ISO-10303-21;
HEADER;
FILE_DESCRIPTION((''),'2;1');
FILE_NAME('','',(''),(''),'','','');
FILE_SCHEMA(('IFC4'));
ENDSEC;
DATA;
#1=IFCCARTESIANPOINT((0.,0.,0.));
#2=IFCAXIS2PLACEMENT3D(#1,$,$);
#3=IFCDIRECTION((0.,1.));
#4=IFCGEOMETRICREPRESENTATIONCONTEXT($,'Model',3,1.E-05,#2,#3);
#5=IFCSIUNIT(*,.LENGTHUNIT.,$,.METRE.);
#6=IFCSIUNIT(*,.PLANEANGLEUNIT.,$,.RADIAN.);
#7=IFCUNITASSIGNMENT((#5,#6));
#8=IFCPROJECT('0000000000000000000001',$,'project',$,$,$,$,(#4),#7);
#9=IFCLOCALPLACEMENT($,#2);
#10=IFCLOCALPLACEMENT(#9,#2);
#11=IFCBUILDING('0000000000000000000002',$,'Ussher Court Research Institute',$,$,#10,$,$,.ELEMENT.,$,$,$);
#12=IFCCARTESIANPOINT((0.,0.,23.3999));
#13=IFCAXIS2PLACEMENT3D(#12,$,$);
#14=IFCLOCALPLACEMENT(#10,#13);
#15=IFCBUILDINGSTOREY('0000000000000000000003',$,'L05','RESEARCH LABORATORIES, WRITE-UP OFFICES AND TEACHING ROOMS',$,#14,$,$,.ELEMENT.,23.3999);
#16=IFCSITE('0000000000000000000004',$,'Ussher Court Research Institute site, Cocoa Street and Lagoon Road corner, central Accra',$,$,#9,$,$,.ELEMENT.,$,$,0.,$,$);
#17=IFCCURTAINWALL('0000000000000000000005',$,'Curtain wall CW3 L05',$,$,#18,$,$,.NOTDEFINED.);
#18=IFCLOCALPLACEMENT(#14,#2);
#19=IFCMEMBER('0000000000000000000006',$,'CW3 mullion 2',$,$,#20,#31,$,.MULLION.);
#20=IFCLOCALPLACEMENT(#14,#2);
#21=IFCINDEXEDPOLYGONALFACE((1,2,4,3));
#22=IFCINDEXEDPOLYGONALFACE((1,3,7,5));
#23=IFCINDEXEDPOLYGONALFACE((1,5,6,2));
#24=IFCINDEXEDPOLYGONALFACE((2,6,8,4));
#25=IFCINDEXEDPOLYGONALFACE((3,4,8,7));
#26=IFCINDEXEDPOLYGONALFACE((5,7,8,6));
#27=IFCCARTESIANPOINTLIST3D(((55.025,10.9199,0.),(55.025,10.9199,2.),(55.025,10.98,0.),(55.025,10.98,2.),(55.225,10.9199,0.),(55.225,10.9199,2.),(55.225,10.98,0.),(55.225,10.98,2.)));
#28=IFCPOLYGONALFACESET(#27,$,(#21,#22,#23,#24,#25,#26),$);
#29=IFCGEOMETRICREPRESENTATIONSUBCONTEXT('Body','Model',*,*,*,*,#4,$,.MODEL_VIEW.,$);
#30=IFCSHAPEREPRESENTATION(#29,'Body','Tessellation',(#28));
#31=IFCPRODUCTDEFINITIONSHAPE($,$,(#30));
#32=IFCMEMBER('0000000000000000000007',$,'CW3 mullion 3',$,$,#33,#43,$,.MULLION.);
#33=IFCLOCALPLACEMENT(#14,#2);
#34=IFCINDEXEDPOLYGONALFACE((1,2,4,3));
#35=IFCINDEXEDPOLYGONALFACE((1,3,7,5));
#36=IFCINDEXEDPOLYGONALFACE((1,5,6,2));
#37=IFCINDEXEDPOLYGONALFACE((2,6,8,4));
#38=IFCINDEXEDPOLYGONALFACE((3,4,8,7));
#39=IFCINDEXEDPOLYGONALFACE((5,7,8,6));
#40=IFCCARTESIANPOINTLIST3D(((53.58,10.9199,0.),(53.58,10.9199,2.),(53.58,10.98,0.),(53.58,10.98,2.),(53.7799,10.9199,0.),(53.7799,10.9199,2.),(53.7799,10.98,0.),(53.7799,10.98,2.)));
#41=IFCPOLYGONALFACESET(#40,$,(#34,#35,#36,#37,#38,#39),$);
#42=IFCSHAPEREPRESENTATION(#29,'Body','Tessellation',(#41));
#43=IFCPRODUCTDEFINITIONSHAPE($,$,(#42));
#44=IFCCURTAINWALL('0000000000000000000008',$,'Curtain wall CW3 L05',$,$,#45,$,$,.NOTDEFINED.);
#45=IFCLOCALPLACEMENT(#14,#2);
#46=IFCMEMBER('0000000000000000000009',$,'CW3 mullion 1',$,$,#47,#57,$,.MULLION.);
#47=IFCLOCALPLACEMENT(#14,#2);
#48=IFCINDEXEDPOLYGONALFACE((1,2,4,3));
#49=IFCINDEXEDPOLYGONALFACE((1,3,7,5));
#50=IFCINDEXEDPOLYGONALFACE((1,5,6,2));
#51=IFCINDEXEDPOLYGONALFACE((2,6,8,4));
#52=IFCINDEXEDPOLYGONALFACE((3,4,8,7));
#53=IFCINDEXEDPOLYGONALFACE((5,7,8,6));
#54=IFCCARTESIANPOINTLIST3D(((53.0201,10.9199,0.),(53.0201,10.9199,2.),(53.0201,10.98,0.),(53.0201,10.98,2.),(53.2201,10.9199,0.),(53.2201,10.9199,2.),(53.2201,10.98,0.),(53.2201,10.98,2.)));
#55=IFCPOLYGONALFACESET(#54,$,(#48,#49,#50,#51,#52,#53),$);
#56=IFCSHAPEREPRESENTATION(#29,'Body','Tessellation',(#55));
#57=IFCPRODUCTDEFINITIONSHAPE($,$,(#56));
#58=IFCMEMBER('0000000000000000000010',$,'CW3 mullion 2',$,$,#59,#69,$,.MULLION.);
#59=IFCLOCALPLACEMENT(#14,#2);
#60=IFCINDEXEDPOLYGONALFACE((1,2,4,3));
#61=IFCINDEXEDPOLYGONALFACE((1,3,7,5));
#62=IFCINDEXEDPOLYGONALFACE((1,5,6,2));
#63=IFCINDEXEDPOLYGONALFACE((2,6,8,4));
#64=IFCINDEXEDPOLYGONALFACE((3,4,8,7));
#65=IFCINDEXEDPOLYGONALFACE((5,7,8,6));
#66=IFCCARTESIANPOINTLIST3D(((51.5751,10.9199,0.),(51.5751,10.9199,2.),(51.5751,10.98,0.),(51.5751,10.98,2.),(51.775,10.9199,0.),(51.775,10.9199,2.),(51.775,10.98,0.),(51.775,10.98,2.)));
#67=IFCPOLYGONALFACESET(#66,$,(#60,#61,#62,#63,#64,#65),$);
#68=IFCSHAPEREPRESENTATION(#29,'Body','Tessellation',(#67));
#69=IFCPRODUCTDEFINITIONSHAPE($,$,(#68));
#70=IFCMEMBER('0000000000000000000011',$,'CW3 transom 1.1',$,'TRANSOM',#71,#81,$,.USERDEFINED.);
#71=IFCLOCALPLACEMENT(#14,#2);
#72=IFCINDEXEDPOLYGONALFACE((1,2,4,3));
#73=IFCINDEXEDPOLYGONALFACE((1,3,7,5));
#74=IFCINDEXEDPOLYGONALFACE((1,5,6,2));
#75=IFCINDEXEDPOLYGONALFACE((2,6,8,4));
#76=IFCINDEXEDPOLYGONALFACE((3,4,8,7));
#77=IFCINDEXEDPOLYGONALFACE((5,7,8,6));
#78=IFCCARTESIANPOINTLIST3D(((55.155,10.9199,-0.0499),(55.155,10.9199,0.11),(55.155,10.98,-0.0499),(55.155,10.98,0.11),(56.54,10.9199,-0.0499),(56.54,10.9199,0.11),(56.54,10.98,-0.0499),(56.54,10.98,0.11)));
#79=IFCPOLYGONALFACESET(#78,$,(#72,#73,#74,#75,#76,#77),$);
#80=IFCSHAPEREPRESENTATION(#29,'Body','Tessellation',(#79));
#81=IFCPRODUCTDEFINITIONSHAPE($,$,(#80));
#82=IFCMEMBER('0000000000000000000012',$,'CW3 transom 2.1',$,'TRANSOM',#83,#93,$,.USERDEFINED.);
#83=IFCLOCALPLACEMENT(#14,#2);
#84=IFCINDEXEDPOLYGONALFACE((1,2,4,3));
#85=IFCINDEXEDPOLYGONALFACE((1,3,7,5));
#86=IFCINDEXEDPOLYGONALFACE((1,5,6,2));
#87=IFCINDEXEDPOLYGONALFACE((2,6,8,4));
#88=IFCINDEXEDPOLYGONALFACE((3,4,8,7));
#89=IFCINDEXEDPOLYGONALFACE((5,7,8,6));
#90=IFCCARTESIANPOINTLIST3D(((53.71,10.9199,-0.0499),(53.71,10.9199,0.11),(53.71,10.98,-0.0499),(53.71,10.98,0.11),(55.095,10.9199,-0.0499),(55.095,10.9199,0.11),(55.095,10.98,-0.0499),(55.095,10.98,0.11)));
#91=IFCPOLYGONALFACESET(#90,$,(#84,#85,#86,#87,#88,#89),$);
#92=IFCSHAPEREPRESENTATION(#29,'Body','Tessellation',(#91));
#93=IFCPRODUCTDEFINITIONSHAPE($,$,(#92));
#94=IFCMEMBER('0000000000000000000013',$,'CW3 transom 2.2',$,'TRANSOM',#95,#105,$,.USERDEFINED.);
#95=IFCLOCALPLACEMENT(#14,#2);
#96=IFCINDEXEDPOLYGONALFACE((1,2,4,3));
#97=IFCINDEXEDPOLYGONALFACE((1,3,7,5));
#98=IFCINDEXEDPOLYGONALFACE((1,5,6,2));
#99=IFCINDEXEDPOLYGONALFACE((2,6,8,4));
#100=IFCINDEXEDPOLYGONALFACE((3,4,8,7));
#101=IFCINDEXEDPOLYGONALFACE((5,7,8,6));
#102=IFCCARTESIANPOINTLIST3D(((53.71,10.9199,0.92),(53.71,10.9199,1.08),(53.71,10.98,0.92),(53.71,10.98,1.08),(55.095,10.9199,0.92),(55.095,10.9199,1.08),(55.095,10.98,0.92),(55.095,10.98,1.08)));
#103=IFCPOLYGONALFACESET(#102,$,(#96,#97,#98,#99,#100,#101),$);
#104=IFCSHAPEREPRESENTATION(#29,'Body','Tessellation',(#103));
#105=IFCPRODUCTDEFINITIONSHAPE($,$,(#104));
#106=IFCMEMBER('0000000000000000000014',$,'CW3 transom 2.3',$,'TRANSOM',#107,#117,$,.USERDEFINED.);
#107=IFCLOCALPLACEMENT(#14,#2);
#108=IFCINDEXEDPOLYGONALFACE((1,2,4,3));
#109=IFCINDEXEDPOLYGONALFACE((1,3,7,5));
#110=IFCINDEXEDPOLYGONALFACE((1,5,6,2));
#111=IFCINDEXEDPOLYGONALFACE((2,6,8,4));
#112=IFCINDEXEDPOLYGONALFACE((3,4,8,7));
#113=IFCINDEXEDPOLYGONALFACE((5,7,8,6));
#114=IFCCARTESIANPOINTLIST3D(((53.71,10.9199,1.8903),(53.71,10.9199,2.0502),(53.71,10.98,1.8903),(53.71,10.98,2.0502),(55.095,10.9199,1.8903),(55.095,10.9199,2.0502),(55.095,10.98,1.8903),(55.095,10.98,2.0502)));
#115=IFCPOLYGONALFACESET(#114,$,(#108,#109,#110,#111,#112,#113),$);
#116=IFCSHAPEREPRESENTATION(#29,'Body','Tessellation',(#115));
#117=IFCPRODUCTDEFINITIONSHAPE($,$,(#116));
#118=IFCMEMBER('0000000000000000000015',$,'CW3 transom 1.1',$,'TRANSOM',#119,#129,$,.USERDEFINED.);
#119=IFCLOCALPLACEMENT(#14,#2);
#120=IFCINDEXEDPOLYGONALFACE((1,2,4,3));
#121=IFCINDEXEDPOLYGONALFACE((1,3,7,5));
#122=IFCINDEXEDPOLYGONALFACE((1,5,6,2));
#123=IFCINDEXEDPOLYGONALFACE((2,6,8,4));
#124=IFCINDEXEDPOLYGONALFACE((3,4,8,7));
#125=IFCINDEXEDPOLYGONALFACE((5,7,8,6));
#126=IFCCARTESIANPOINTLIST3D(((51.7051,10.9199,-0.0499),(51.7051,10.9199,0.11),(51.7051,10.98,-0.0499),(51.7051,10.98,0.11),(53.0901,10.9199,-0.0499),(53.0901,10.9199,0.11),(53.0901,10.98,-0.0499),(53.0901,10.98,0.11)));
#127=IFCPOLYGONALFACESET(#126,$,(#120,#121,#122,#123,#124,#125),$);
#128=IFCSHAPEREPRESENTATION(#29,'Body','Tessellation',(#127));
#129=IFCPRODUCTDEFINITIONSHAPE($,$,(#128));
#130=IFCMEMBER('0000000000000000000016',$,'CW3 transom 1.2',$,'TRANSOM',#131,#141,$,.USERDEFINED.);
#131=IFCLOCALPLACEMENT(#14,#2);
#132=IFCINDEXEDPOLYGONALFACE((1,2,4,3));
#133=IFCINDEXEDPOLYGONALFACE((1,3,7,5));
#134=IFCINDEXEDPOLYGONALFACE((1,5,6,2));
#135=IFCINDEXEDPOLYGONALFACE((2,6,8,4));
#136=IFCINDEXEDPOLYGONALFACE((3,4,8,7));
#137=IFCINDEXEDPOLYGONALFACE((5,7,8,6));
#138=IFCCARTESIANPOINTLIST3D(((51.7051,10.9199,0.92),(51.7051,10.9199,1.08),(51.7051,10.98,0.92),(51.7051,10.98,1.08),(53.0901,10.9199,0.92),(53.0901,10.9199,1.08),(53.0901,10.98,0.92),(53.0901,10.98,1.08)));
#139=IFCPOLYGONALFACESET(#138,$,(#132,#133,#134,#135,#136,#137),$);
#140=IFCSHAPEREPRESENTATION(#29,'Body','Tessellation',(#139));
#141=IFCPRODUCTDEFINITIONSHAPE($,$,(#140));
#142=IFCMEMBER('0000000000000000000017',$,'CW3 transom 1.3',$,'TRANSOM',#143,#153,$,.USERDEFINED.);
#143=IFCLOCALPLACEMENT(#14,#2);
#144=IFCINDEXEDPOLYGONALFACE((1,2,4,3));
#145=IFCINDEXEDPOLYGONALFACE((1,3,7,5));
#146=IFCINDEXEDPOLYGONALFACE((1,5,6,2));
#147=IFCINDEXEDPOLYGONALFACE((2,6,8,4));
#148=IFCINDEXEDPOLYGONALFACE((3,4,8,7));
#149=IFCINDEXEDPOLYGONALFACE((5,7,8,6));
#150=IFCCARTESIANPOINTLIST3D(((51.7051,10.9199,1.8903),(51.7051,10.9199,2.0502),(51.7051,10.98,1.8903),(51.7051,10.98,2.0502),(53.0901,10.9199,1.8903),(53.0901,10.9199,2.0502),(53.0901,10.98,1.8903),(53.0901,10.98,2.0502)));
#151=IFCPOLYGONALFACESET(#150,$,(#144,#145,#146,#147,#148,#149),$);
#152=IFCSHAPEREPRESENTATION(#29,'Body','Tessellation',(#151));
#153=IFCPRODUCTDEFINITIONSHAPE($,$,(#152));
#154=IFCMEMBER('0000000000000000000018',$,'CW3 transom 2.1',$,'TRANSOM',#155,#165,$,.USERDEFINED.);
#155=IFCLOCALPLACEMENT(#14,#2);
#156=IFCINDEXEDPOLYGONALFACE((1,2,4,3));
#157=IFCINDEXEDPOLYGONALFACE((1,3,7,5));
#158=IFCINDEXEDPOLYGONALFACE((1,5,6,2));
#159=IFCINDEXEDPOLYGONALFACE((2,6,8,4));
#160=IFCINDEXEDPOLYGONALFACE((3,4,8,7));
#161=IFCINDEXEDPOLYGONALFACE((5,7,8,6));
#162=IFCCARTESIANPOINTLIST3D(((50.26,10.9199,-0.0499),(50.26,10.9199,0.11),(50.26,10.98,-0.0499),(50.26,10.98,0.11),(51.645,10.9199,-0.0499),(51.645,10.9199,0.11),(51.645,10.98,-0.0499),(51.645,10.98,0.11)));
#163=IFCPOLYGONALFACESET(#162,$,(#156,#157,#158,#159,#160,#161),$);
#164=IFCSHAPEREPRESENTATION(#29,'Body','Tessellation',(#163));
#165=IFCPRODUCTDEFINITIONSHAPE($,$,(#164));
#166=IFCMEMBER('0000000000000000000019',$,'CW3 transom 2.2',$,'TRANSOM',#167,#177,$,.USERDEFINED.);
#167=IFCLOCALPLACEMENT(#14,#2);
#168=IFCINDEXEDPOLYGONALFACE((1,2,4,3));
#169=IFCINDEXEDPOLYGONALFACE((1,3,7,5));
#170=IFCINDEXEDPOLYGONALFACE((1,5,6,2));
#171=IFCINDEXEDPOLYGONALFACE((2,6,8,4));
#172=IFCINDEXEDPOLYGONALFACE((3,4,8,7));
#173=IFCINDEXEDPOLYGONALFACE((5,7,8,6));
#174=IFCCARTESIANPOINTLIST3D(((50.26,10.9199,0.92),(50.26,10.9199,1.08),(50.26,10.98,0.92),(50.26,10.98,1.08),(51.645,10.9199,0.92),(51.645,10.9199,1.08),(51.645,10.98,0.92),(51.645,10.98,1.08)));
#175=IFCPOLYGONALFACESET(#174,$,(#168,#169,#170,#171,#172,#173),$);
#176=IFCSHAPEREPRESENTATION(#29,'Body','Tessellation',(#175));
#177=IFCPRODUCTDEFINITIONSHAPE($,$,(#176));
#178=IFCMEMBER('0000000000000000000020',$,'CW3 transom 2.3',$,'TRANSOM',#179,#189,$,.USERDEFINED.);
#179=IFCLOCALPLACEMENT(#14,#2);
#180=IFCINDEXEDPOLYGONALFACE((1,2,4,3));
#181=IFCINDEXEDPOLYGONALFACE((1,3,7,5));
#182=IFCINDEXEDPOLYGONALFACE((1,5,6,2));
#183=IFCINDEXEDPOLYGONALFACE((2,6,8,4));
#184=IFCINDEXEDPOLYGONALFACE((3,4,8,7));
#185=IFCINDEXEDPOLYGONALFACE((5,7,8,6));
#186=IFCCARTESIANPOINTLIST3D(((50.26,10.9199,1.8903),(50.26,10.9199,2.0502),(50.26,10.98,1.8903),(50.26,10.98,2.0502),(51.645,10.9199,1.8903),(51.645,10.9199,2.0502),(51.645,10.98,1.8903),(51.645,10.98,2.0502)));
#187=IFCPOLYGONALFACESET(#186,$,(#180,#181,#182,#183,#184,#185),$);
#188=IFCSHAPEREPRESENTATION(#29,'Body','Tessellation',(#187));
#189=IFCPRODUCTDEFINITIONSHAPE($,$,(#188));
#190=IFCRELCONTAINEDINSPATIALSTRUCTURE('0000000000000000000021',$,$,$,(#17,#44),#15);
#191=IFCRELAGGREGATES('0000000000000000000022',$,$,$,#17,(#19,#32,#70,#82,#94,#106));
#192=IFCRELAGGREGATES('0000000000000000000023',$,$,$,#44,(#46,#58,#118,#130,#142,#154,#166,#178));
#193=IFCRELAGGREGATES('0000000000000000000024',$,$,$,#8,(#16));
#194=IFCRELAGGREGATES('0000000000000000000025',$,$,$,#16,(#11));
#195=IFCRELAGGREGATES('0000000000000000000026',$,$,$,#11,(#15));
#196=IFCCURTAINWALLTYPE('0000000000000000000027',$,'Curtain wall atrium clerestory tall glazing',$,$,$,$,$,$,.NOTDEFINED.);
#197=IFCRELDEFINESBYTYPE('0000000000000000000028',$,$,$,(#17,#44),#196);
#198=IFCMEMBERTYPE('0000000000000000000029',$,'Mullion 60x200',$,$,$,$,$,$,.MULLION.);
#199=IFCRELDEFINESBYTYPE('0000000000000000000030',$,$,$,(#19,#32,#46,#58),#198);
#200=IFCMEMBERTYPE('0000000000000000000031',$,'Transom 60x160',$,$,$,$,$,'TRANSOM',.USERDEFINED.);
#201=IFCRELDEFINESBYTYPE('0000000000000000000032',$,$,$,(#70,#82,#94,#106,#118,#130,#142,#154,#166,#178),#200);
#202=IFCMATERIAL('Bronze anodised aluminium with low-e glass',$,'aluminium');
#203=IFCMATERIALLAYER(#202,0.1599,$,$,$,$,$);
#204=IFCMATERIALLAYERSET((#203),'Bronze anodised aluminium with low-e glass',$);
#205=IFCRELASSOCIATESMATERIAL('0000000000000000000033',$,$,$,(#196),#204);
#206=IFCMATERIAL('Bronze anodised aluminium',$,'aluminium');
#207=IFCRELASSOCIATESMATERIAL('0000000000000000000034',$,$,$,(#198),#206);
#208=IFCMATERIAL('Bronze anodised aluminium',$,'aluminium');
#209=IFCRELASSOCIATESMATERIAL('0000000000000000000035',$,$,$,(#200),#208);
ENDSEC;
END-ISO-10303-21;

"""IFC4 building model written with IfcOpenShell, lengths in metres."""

from ifc_helpers import new_model, si_unit, direction, frame, origin, origin_2d, place, context, subcontext, project, spatial, rectangle, extrude, material, layer, layer_set, material_profile, profile_set, type_object, element, aggregate, save


model = new_model("IFC4")

# Units and contexts
model_context = context("Model", 3, precision=1e-05, world=origin(), true_north=direction((0.0, 1.0)))
body_context = subcontext(model_context, "Body", "Model", "MODEL_VIEW")
ifc_project = project(units=[si_unit("LENGTHUNIT", "METRE"), si_unit("PLANEANGLEUNIT", "RADIAN")], contexts=[model_context])

# Site, building, storey
site_placement = place(None, origin())
site = spatial("IfcSite", under=ifc_project, at=site_placement, Name="Ussher Court Research Institute site, Cocoa Street and Lagoon Road corner, central Accra", CompositionType="ELEMENT", RefElevation=0.0)
building_placement = place(site_placement, origin())
building = spatial("IfcBuilding", under=site, at=building_placement, Name="Ussher Court Research Institute", CompositionType="ELEMENT")
storey_placement = place(building_placement, frame((0.0, 0.0, 23.3999)))
storey = spatial("IfcBuildingStorey", under=building, at=storey_placement, Name="L05", Description="RESEARCH LABORATORIES, WRITE-UP OFFICES AND TEACHING ROOMS", CompositionType="ELEMENT", Elevation=23.3999)

# Curtain walls, members
ifc_material_1 = material(Name="Bronze anodised aluminium with low-e glass", Category="aluminium")
ifc_layer_1 = layer(ifc_material_1, 0.1599)
ifc_layer_set_1 = layer_set([ifc_layer_1], Name="Bronze anodised aluminium with low-e glass")
curtain_wall_type = type_object("IfcCurtainWallType", Name="Curtain wall atrium clerestory tall glazing", PredefinedType="NOTDEFINED", material=ifc_layer_set_1)
curtain_wall_1_placement = place(storey_placement, origin())
curtain_wall_1 = element("IfcCurtainWall", 1, at=curtain_wall_1_placement, inside=storey, type_object=curtain_wall_type, Name="Curtain wall CW3 L05", PredefinedType="NOTDEFINED")
ifc_material_2 = material(Name="Bronze anodised aluminium", Category="aluminium")
ifc_material_profile_1 = material_profile(ifc_material_2, rectangle(XDim=0.0601, YDim=0.2, at=origin_2d()), Name="Mullion 60x200")
ifc_profile_set_1 = profile_set([ifc_material_profile_1], Name="Bronze anodised aluminium")
member_type_1 = type_object("IfcMemberType", Name="Mullion 60x200", PredefinedType="MULLION", material=ifc_profile_set_1)
member_1_placement = place(storey_placement, frame((55.125, 10.95, 0.0), z_axis=(0.0, 0.0, 1.0), x_axis=(0.0, -1.0, 0.0)))
member_1 = element("IfcMember", 2, at=member_1_placement, type_object=member_type_1, Name="CW3 mullion 2", PredefinedType="MULLION", context=body_context, shape_type="SweptSolid", body=[
    extrude(rectangle(XDim=0.0601, YDim=0.2, at=origin_2d()), origin(), (0.0, 0.0, 1.0), 2.0),
])
member_2_placement = place(storey_placement, frame((53.6799, 10.95, 0.0), z_axis=(0.0, 0.0, 1.0), x_axis=(0.0, -1.0, 0.0)))
member_2 = element("IfcMember", 3, at=member_2_placement, type_object=member_type_1, Name="CW3 mullion 3", PredefinedType="MULLION", context=body_context, shape_type="SweptSolid", body=[
    extrude(rectangle(XDim=0.0601, YDim=0.2, at=origin_2d()), origin(), (0.0, 0.0, 1.0), 2.0),
])
curtain_wall_2_placement = place(storey_placement, origin())
curtain_wall_2 = element("IfcCurtainWall", 4, at=curtain_wall_2_placement, inside=storey, type_object=curtain_wall_type, Name="Curtain wall CW3 L05", PredefinedType="NOTDEFINED")
member_3_placement = place(storey_placement, frame((53.1201, 10.95, 0.0), z_axis=(0.0, 0.0, 1.0), x_axis=(0.0, -1.0, 0.0)))
member_3 = element("IfcMember", 5, at=member_3_placement, type_object=member_type_1, Name="CW3 mullion 1", PredefinedType="MULLION", context=body_context, shape_type="SweptSolid", body=[
    extrude(rectangle(XDim=0.0601, YDim=0.2, at=origin_2d()), origin(), (0.0, 0.0, 1.0), 2.0),
])
member_4_placement = place(storey_placement, frame((51.675, 10.95, 0.0), z_axis=(0.0, 0.0, 1.0), x_axis=(0.0, -1.0, 0.0)))
member_4 = element("IfcMember", 6, at=member_4_placement, type_object=member_type_1, Name="CW3 mullion 2", PredefinedType="MULLION", context=body_context, shape_type="SweptSolid", body=[
    extrude(rectangle(XDim=0.0601, YDim=0.2, at=origin_2d()), origin(), (0.0, 0.0, 1.0), 2.0),
])

# Members
ifc_material_3 = material(Name="Bronze anodised aluminium", Category="aluminium")
ifc_material_profile_2 = material_profile(ifc_material_3, rectangle(XDim=0.0601, YDim=0.1599, at=origin_2d()), Name="Transom 60x160")
ifc_profile_set_2 = profile_set([ifc_material_profile_2], Name="Bronze anodised aluminium")
member_type_2 = type_object("IfcMemberType", Name="Transom 60x160", ElementType="TRANSOM", PredefinedType="USERDEFINED", material=ifc_profile_set_2)
member_5_placement = place(storey_placement, frame((56.54, 10.95, 0.03), z_axis=(-1.0, 0.0, 0.0), x_axis=(0.0, -1.0, 0.0)))
member_5 = element("IfcMember", 7, at=member_5_placement, type_object=member_type_2, Name="CW3 transom 1.1", ObjectType="TRANSOM", PredefinedType="USERDEFINED", context=body_context, shape_type="SweptSolid", body=[
    extrude(rectangle(XDim=0.0601, YDim=0.1599, at=origin_2d()), origin(), (0.0, 0.0, 1.0), 1.385),
])
member_6_placement = place(storey_placement, frame((55.095, 10.95, 0.03), z_axis=(-1.0, 0.0, 0.0), x_axis=(0.0, -1.0, 0.0)))
member_6 = element("IfcMember", 8, at=member_6_placement, type_object=member_type_2, Name="CW3 transom 2.1", ObjectType="TRANSOM", PredefinedType="USERDEFINED", context=body_context, shape_type="SweptSolid", body=[
    extrude(rectangle(XDim=0.0601, YDim=0.1599, at=origin_2d()), origin(), (0.0, 0.0, 1.0), 1.385),
])
member_7_placement = place(storey_placement, frame((55.095, 10.95, 1.0), z_axis=(-1.0, 0.0, 0.0), x_axis=(0.0, -1.0, 0.0)))
member_7 = element("IfcMember", 9, at=member_7_placement, type_object=member_type_2, Name="CW3 transom 2.2", ObjectType="TRANSOM", PredefinedType="USERDEFINED", context=body_context, shape_type="SweptSolid", body=[
    extrude(rectangle(XDim=0.0601, YDim=0.1599, at=origin_2d()), origin(), (0.0, 0.0, 1.0), 1.385),
])
member_8_placement = place(storey_placement, frame((55.095, 10.95, 1.9702), z_axis=(-1.0, 0.0, 0.0), x_axis=(0.0, -1.0, 0.0)))
member_8 = element("IfcMember", 10, at=member_8_placement, type_object=member_type_2, Name="CW3 transom 2.3", ObjectType="TRANSOM", PredefinedType="USERDEFINED", context=body_context, shape_type="SweptSolid", body=[
    extrude(rectangle(XDim=0.0601, YDim=0.1599, at=origin_2d()), origin(), (0.0, 0.0, 1.0), 1.385),
])
member_9_placement = place(storey_placement, frame((53.0901, 10.95, 0.03), z_axis=(-1.0, 0.0, 0.0), x_axis=(0.0, -1.0, 0.0)))
member_9 = element("IfcMember", 11, at=member_9_placement, type_object=member_type_2, Name="CW3 transom 1.1", ObjectType="TRANSOM", PredefinedType="USERDEFINED", context=body_context, shape_type="SweptSolid", body=[
    extrude(rectangle(XDim=0.0601, YDim=0.1599, at=origin_2d()), origin(), (0.0, 0.0, 1.0), 1.385),
])
member_10_placement = place(storey_placement, frame((53.0901, 10.95, 1.0), z_axis=(-1.0, 0.0, 0.0), x_axis=(0.0, -1.0, 0.0)))
member_10 = element("IfcMember", 12, at=member_10_placement, type_object=member_type_2, Name="CW3 transom 1.2", ObjectType="TRANSOM", PredefinedType="USERDEFINED", context=body_context, shape_type="SweptSolid", body=[
    extrude(rectangle(XDim=0.0601, YDim=0.1599, at=origin_2d()), origin(), (0.0, 0.0, 1.0), 1.385),
])
member_11_placement = place(storey_placement, frame((53.0901, 10.95, 1.9702), z_axis=(-1.0, 0.0, 0.0), x_axis=(0.0, -1.0, 0.0)))
member_11 = element("IfcMember", 13, at=member_11_placement, type_object=member_type_2, Name="CW3 transom 1.3", ObjectType="TRANSOM", PredefinedType="USERDEFINED", context=body_context, shape_type="SweptSolid", body=[
    extrude(rectangle(XDim=0.0601, YDim=0.1599, at=origin_2d()), origin(), (0.0, 0.0, 1.0), 1.385),
])
member_12_placement = place(storey_placement, frame((51.645, 10.95, 0.03), z_axis=(-1.0, 0.0, 0.0), x_axis=(0.0, -1.0, 0.0)))
member_12 = element("IfcMember", 14, at=member_12_placement, type_object=member_type_2, Name="CW3 transom 2.1", ObjectType="TRANSOM", PredefinedType="USERDEFINED", context=body_context, shape_type="SweptSolid", body=[
    extrude(rectangle(XDim=0.0601, YDim=0.1599, at=origin_2d()), origin(), (0.0, 0.0, 1.0), 1.385),
])
member_13_placement = place(storey_placement, frame((51.645, 10.95, 1.0), z_axis=(-1.0, 0.0, 0.0), x_axis=(0.0, -1.0, 0.0)))
member_13 = element("IfcMember", 15, at=member_13_placement, type_object=member_type_2, Name="CW3 transom 2.2", ObjectType="TRANSOM", PredefinedType="USERDEFINED", context=body_context, shape_type="SweptSolid", body=[
    extrude(rectangle(XDim=0.0601, YDim=0.1599, at=origin_2d()), origin(), (0.0, 0.0, 1.0), 1.385),
])
member_14_placement = place(storey_placement, frame((51.645, 10.95, 1.9702), z_axis=(-1.0, 0.0, 0.0), x_axis=(0.0, -1.0, 0.0)))
member_14 = element("IfcMember", 16, at=member_14_placement, type_object=member_type_2, Name="CW3 transom 2.3", ObjectType="TRANSOM", PredefinedType="USERDEFINED", context=body_context, shape_type="SweptSolid", body=[
    extrude(rectangle(XDim=0.0601, YDim=0.1599, at=origin_2d()), origin(), (0.0, 0.0, 1.0), 1.385),
])

aggregate(curtain_wall_1, [member_1, member_2, member_5, member_6, member_7, member_8])
aggregate(curtain_wall_2, [member_3, member_4, member_9, member_10, member_11, member_12, member_13, member_14])

save(model, "model.ifc")
